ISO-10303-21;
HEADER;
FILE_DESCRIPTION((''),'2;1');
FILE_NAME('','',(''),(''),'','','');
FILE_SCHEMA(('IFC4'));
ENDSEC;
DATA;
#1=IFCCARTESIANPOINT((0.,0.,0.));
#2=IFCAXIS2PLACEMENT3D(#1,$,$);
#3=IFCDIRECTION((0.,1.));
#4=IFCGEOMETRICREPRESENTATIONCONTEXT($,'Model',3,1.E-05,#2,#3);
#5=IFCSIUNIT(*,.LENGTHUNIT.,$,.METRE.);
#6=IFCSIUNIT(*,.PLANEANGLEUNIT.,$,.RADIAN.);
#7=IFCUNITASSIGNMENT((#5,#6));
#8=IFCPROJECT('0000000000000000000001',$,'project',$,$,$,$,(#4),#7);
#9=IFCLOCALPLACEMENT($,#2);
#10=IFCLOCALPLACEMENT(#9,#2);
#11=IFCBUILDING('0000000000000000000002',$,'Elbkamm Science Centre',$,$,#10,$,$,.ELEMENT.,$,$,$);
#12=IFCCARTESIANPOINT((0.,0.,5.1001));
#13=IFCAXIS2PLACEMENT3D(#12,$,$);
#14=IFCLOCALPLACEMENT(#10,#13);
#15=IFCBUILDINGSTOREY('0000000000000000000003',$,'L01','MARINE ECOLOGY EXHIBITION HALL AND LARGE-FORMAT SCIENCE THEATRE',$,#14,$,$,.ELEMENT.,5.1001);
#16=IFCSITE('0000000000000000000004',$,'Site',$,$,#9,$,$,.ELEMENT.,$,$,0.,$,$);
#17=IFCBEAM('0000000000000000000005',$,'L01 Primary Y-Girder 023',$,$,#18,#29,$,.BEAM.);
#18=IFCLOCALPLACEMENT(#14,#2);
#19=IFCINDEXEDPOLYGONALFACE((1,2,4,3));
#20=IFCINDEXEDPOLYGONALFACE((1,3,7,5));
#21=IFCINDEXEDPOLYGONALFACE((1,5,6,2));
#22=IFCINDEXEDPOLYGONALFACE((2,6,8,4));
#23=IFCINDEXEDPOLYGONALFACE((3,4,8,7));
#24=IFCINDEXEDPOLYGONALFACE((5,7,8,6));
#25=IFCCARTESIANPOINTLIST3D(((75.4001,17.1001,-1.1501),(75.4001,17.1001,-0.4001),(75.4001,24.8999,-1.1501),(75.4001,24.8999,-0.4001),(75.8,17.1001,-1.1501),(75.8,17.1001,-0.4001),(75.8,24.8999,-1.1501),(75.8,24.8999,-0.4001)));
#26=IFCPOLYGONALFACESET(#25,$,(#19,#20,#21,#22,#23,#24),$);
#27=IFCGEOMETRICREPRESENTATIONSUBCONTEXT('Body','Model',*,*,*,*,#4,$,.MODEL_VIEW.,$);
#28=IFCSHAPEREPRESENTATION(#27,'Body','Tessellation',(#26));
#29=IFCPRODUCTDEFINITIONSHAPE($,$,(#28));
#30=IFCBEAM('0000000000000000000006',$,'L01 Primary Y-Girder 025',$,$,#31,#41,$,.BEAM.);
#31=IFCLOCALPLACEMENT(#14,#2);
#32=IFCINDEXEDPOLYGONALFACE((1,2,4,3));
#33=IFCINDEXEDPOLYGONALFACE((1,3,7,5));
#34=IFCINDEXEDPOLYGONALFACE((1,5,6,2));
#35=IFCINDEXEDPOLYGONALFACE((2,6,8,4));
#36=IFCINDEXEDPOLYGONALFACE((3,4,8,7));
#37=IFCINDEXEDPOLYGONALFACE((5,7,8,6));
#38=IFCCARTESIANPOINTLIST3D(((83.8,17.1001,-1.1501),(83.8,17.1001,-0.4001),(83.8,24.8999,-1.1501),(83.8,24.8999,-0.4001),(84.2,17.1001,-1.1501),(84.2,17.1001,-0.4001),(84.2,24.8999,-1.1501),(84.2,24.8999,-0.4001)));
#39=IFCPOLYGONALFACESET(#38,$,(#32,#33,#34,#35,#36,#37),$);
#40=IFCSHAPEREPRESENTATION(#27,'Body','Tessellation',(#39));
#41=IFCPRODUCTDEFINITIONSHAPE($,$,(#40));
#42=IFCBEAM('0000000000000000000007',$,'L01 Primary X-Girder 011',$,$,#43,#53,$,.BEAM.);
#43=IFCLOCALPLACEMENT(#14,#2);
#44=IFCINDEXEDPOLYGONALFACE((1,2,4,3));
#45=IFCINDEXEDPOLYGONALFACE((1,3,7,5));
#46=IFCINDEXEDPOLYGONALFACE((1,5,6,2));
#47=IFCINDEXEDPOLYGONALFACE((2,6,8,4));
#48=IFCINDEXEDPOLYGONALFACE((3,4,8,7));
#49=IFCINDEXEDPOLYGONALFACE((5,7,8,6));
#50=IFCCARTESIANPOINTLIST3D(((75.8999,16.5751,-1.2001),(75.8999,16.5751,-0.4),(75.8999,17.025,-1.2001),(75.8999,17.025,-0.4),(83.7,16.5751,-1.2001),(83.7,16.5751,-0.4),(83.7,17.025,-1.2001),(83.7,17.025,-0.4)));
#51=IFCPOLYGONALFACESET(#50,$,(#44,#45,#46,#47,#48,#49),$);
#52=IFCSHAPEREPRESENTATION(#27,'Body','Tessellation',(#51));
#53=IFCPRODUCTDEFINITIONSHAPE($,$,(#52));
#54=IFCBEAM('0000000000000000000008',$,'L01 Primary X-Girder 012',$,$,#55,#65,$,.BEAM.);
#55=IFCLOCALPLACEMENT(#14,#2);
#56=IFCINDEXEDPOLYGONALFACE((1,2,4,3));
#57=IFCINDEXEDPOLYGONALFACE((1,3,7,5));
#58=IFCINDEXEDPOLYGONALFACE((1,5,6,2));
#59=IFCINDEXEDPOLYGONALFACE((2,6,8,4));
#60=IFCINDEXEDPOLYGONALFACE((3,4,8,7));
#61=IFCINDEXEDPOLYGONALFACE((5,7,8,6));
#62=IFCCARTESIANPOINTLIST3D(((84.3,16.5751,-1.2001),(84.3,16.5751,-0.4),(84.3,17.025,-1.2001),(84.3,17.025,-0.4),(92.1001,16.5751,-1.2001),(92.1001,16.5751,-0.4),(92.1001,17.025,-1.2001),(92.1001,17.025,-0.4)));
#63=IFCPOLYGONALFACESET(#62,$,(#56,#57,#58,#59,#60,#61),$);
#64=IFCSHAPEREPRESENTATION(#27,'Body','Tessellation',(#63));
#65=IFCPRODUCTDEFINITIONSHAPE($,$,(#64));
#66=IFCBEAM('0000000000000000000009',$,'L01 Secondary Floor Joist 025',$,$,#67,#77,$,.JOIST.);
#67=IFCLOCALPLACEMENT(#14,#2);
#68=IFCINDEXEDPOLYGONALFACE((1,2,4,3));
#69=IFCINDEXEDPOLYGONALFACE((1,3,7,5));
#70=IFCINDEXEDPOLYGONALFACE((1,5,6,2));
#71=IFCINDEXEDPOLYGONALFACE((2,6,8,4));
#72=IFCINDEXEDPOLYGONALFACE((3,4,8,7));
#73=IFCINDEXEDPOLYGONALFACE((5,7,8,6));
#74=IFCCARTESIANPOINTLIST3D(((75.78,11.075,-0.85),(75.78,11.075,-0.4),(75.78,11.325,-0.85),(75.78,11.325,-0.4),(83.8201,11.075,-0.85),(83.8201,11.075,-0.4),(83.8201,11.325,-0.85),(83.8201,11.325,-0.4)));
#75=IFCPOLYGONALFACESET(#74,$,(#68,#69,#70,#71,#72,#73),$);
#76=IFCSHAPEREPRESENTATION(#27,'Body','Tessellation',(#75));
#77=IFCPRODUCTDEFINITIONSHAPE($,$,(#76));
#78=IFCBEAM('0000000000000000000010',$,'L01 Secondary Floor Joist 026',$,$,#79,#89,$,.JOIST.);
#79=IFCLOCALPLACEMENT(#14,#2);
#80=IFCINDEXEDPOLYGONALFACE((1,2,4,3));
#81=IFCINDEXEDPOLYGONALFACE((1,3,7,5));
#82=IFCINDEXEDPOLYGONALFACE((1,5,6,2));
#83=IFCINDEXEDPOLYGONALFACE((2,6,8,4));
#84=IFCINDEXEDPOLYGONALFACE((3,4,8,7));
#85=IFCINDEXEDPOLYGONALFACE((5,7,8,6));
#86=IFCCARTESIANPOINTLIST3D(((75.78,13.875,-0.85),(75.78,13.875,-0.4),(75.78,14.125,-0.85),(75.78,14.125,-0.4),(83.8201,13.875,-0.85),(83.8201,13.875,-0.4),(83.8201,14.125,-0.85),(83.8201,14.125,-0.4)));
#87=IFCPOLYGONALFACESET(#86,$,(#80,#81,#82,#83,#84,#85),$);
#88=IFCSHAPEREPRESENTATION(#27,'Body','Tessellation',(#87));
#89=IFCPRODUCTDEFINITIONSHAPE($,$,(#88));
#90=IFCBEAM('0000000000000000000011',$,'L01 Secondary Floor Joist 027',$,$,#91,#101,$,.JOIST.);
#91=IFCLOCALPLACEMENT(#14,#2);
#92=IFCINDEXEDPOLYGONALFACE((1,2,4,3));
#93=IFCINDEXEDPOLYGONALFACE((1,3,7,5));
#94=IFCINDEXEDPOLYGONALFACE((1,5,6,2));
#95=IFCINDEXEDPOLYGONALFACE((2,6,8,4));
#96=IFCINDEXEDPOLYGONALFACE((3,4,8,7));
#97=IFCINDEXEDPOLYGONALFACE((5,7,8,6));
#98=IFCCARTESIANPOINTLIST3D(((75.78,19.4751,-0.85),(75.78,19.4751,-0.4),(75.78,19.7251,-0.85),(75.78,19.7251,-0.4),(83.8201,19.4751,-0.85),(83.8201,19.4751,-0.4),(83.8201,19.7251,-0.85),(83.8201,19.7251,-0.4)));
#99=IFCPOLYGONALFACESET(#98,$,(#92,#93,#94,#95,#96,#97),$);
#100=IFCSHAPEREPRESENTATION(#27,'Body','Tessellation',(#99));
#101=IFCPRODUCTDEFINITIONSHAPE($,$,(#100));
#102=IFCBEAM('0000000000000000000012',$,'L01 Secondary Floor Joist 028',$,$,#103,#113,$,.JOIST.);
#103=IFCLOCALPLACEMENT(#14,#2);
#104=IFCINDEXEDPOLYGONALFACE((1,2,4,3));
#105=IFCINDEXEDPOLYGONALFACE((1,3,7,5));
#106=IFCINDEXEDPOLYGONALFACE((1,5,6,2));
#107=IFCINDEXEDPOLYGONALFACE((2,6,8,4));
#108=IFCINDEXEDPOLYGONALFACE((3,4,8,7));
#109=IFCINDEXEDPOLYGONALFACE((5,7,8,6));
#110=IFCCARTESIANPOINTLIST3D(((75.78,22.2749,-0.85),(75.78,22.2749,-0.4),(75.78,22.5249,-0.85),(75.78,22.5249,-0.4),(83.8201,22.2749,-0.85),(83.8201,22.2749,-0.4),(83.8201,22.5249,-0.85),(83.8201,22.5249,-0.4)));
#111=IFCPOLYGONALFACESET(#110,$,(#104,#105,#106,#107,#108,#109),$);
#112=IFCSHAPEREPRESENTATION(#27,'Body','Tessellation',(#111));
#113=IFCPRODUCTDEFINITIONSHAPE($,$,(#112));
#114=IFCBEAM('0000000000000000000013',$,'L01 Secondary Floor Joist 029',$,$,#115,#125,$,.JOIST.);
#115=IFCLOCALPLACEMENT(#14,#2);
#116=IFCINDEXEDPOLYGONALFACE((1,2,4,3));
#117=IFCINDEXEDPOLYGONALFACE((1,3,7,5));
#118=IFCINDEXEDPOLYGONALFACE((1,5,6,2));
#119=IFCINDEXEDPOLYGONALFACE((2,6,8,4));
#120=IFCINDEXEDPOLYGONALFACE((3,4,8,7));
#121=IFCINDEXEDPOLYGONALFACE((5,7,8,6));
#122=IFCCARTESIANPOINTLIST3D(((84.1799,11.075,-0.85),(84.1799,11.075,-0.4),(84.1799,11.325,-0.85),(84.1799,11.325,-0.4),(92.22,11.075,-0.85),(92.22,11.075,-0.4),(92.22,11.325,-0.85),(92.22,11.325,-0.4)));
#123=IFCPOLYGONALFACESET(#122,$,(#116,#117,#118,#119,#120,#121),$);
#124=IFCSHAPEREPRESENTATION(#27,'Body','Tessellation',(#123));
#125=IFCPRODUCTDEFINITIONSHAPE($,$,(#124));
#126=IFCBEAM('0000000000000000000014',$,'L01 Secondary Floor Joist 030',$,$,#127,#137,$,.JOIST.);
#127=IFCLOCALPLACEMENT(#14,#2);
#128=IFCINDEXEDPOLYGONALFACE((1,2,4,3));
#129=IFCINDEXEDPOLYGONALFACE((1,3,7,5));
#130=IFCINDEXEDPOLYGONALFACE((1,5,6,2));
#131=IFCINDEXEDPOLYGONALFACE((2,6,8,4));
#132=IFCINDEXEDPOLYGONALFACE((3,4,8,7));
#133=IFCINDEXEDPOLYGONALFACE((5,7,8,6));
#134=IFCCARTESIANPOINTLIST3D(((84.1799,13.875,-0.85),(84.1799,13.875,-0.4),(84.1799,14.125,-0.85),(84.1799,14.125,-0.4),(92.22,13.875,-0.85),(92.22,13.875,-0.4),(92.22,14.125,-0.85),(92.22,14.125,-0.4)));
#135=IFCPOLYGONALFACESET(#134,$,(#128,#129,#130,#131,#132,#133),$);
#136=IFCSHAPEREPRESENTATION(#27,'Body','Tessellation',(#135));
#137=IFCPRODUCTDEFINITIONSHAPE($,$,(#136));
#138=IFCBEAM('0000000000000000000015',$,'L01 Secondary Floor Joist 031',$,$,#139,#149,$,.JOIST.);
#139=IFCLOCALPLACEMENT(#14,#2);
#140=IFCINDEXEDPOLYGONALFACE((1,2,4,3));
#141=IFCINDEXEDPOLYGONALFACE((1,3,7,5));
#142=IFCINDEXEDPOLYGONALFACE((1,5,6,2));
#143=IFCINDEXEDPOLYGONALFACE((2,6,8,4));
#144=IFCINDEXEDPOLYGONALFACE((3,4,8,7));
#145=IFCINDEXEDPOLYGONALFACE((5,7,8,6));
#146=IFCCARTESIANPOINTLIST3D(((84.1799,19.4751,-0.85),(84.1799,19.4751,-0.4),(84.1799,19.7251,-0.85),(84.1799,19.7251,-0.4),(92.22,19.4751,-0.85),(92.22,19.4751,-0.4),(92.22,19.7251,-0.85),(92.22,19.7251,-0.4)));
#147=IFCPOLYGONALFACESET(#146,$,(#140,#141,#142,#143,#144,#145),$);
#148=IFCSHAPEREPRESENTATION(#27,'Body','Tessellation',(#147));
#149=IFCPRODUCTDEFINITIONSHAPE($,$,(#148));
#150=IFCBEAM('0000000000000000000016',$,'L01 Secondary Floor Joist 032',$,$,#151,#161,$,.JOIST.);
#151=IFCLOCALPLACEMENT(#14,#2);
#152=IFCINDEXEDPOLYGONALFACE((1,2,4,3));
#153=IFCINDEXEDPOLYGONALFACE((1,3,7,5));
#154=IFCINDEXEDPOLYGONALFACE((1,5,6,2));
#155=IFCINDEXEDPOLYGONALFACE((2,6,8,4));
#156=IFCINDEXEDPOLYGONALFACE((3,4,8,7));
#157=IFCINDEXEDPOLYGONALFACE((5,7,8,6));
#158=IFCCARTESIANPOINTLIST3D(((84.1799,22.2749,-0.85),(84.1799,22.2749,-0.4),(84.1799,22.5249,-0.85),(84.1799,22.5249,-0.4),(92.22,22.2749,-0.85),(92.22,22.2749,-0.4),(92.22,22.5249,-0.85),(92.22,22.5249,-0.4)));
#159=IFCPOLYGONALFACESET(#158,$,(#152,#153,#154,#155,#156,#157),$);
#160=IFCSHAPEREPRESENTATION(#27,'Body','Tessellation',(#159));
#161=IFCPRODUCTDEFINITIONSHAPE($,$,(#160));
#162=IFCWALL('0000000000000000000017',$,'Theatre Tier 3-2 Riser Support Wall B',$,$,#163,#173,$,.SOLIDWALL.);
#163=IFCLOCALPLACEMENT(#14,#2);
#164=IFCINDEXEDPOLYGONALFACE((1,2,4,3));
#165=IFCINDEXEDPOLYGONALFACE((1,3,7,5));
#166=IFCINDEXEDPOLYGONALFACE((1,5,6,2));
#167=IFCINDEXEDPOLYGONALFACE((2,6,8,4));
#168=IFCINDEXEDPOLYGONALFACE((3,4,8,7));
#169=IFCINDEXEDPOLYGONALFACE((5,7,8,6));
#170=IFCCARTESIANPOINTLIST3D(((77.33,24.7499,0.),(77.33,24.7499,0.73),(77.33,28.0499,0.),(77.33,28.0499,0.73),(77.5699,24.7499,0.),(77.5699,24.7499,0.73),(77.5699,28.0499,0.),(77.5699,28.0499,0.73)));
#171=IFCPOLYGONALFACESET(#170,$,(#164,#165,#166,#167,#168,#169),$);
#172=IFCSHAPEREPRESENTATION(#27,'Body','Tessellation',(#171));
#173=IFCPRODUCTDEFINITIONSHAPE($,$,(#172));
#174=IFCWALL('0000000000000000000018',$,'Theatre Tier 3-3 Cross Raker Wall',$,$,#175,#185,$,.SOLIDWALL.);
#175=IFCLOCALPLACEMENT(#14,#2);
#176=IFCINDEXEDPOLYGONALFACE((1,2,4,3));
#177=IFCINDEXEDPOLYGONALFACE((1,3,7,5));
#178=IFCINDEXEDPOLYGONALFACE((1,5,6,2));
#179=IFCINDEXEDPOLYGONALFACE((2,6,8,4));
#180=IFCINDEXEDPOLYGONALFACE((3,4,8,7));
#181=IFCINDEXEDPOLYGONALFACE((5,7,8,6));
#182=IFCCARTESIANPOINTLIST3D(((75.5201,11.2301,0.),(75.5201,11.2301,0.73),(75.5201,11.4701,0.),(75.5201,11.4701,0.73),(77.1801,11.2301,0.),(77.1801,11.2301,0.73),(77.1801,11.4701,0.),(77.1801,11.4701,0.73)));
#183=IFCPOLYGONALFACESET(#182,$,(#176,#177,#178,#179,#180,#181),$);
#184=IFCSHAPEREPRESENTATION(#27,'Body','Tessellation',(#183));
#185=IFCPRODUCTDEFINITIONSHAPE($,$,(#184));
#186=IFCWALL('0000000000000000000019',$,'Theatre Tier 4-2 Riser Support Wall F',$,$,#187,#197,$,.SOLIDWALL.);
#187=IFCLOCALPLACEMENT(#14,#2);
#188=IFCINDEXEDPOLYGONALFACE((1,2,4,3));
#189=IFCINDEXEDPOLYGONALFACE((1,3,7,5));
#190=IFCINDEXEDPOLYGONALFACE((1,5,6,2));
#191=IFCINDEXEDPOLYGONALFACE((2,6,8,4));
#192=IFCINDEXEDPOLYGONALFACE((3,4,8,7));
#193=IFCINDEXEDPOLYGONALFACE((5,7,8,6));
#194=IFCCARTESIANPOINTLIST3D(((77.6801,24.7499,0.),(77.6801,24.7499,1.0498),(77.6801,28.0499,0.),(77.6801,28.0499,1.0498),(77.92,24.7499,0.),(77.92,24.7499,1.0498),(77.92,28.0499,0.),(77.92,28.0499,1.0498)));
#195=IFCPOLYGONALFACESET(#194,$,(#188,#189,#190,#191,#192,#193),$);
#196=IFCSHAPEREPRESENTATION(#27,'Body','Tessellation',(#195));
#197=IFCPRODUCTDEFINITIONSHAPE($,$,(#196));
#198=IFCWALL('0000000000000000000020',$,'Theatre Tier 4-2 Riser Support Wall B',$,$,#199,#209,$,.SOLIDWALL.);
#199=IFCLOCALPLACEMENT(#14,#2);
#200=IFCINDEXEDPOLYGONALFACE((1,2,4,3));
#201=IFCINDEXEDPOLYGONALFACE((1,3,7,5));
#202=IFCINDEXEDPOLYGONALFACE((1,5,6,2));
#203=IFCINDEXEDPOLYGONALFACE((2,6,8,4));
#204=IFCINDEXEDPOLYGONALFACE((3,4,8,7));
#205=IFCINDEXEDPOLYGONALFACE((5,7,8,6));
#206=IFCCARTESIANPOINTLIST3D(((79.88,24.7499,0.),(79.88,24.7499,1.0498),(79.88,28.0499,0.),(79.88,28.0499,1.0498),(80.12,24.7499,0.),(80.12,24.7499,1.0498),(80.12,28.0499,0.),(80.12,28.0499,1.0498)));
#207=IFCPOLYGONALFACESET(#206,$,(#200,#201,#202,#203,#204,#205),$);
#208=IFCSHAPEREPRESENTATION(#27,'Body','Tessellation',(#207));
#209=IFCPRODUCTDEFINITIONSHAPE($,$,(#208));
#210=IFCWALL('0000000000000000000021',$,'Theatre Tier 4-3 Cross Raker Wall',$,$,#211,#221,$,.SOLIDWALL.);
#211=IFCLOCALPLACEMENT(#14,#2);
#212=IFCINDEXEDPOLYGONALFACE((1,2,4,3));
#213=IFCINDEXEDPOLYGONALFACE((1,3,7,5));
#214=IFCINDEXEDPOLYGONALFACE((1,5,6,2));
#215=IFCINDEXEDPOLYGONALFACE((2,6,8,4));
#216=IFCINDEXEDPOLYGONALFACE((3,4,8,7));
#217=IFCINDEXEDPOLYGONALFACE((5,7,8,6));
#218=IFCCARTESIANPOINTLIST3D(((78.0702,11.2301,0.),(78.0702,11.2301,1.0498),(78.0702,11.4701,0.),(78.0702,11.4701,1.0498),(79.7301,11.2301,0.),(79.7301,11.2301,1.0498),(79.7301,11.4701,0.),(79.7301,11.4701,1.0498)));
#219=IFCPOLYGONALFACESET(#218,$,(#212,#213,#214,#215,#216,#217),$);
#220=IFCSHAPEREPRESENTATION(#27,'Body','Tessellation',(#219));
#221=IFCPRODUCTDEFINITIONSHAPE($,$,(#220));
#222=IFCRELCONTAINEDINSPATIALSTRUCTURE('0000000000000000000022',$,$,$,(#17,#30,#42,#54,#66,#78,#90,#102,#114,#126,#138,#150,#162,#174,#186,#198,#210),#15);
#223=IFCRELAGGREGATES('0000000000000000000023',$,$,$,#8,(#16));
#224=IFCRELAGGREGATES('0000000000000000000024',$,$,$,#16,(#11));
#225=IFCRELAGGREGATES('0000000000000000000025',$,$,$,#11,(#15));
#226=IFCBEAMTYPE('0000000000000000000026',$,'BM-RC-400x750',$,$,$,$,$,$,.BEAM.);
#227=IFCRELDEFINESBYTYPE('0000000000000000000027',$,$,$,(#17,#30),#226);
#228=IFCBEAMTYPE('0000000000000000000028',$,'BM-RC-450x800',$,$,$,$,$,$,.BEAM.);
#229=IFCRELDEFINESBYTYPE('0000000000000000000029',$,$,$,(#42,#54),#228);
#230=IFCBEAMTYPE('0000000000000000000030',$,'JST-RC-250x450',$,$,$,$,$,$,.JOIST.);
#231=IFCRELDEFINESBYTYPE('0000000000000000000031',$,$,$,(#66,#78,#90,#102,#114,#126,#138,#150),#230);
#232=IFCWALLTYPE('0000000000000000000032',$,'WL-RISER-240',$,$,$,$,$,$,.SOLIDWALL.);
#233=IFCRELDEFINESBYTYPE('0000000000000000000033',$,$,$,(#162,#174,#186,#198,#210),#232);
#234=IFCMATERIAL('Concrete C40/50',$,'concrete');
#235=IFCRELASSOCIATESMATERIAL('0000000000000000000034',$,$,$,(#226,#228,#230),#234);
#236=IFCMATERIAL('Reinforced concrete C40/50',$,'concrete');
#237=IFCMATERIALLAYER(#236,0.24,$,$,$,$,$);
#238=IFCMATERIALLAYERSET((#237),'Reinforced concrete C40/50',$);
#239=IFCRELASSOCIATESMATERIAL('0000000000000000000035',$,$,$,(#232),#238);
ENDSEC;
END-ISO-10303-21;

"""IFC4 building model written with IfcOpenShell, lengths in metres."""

from ifc_helpers import new_model, si_unit, direction, frame, frame_2d, origin, origin_2d, place, context, subcontext, project, spatial, rectangle, extrude, material, layer, layer_set, material_profile, profile_set, type_object, element, save


model = new_model("IFC4")

# Units and contexts
model_context = context("Model", 3, precision=1e-05, world=origin(), true_north=direction((0.0, 1.0)))
body_context = subcontext(model_context, "Body", "Model", "MODEL_VIEW")
ifc_project = project(units=[si_unit("LENGTHUNIT", "METRE"), si_unit("PLANEANGLEUNIT", "RADIAN")], contexts=[model_context])

# Site, building, storey
site_placement = place(None, origin())
site = spatial("IfcSite", under=ifc_project, at=site_placement, Name="Site", CompositionType="ELEMENT", RefElevation=0.0)
building_placement = place(site_placement, origin())
building = spatial("IfcBuilding", under=site, at=building_placement, Name="Elbkamm Science Centre", CompositionType="ELEMENT")
storey_placement = place(building_placement, frame((0.0, 0.0, 5.1001)))
storey = spatial("IfcBuildingStorey", under=building, at=storey_placement, Name="L01", Description="MARINE ECOLOGY EXHIBITION HALL AND LARGE-FORMAT SCIENCE THEATRE", CompositionType="ELEMENT", Elevation=5.1001)

# Beams
ifc_material_1 = material(Name="Concrete C40/50", Category="concrete")
ifc_material_profile_1 = material_profile(ifc_material_1, rectangle(XDim=0.3999, YDim=0.75, at=origin_2d()), Name="RC 400x750")
ifc_profile_set_1 = profile_set([ifc_material_profile_1], Name="Concrete C40/50")
beam_type_1 = type_object("IfcBeamType", Name="BM-RC-400x750", PredefinedType="BEAM", material=ifc_profile_set_1)
for number, where, z_axis, x_axis, name in (
    (1, (75.6001, 17.1001, -0.7751), (0.0, 1.0, 0.0), (-1.0, 0.0, 0.0), "L01 Primary Y-Girder 023"),
    (2, (84.0, 17.1001, -0.7751), (0.0, 1.0, 0.0), (-1.0, 0.0, 0.0), "L01 Primary Y-Girder 025"),
):
    element("IfcBeam", number, at=place(storey_placement, frame(where, z_axis=z_axis, x_axis=x_axis)), inside=storey, type_object=beam_type_1, Name=name, PredefinedType="BEAM", context=body_context, shape_type="SweptSolid", body=[
        extrude(rectangle(XDim=0.3999, YDim=0.75, at=origin_2d()), origin(), (0.0, 0.0, 1.0), 7.7998),
    ])
ifc_material_profile_2 = material_profile(ifc_material_1, rectangle(XDim=0.45, YDim=0.8, at=origin_2d()), Name="RC 450x800")
ifc_profile_set_2 = profile_set([ifc_material_profile_2], Name="Concrete C40/50")
beam_type_2 = type_object("IfcBeamType", Name="BM-RC-450x800", PredefinedType="BEAM", material=ifc_profile_set_2)
for number, where, z_axis, x_axis, name in (
    (3, (75.8999, 16.8, -0.8), (1.0, 0.0, 0.0), (0.0, 1.0, 0.0), "L01 Primary X-Girder 011"),
    (4, (84.3, 16.8, -0.8), (1.0, 0.0, 0.0), (0.0, 1.0, 0.0), "L01 Primary X-Girder 012"),
):
    element("IfcBeam", number, at=place(storey_placement, frame(where, z_axis=z_axis, x_axis=x_axis)), inside=storey, type_object=beam_type_2, Name=name, PredefinedType="BEAM", context=body_context, shape_type="SweptSolid", body=[
        extrude(rectangle(XDim=0.45, YDim=0.8, at=origin_2d()), origin(), (0.0, 0.0, 1.0), 7.8),
    ])
ifc_material_profile_3 = material_profile(ifc_material_1, rectangle(XDim=0.25, YDim=0.45, at=origin_2d()), Name="RC 250x450")
ifc_profile_set_3 = profile_set([ifc_material_profile_3], Name="Concrete C40/50")
beam_type_3 = type_object("IfcBeamType", Name="JST-RC-250x450", PredefinedType="JOIST", material=ifc_profile_set_3)
for number, where, z_axis, x_axis, name in (
    (5, (75.78, 11.2, -0.625), (1.0, 0.0, 0.0), (0.0, 1.0, 0.0), "L01 Secondary Floor Joist 025"),
    (6, (75.78, 14.0, -0.625), (1.0, 0.0, 0.0), (0.0, 1.0, 0.0), "L01 Secondary Floor Joist 026"),
    (7, (75.78, 19.6001, -0.625), (1.0, 0.0, 0.0), (0.0, 1.0, 0.0), "L01 Secondary Floor Joist 027"),
    (8, (75.78, 22.3999, -0.625), (1.0, 0.0, 0.0), (0.0, 1.0, 0.0), "L01 Secondary Floor Joist 028"),
    (9, (84.1799, 11.2, -0.625), (1.0, 0.0, 0.0), (0.0, 1.0, 0.0), "L01 Secondary Floor Joist 029"),
    (10, (84.1799, 14.0, -0.625), (1.0, 0.0, 0.0), (0.0, 1.0, 0.0), "L01 Secondary Floor Joist 030"),
    (11, (84.1799, 19.6001, -0.625), (1.0, 0.0, 0.0), (0.0, 1.0, 0.0), "L01 Secondary Floor Joist 031"),
    (12, (84.1799, 22.3999, -0.625), (1.0, 0.0, 0.0), (0.0, 1.0, 0.0), "L01 Secondary Floor Joist 032"),
):
    element("IfcBeam", number, at=place(storey_placement, frame(where, z_axis=z_axis, x_axis=x_axis)), inside=storey, type_object=beam_type_3, Name=name, PredefinedType="JOIST", context=body_context, shape_type="SweptSolid", body=[
        extrude(rectangle(XDim=0.25, YDim=0.45, at=origin_2d()), origin(), (0.0, 0.0, 1.0), 8.04),
    ])

# Walls
ifc_material_2 = material(Name="Reinforced concrete C40/50", Category="concrete")
ifc_layer = layer(ifc_material_2, 0.24)
ifc_layer_set = layer_set([ifc_layer], Name="Reinforced concrete C40/50")
wall_type = type_object("IfcWallType", Name="WL-RISER-240", PredefinedType="SOLIDWALL", material=ifc_layer_set)
wall_1_placement = place(storey_placement, frame((77.45, 24.75, 0.0), z_axis=(0.0, 0.0, 1.0), x_axis=(0.0, 1.0, 0.0)))
element("IfcWall", 13, at=wall_1_placement, inside=storey, type_object=wall_type, Name="Theatre Tier 3-2 Riser Support Wall B", PredefinedType="SOLIDWALL", context=body_context, shape_type="SweptSolid", body=[
    extrude(rectangle(XDim=3.3, YDim=0.24, at=frame_2d((1.6499, 0.0))), origin(), (0.0, 0.0, 1.0), 0.73),
])
wall_2_placement = place(storey_placement, frame((75.52, 11.3501, 0.0), z_axis=(0.0, 0.0, 1.0), x_axis=(1.0, 0.0, 0.0)))
element("IfcWall", 14, at=wall_2_placement, inside=storey, type_object=wall_type, Name="Theatre Tier 3-3 Cross Raker Wall", PredefinedType="SOLIDWALL", context=body_context, shape_type="SweptSolid", body=[
    extrude(rectangle(XDim=1.6599, YDim=0.24, at=frame_2d((0.8301, 0.0))), origin(), (0.0, 0.0, 1.0), 0.73),
])
for number, where, z_axis, x_axis, name in (
    (15, (77.8, 24.75, 0.0), (0.0, 0.0, 1.0), (0.0, 1.0, 0.0), "Theatre Tier 4-2 Riser Support Wall F"),
    (16, (80.0, 24.75, 0.0), (0.0, 0.0, 1.0), (0.0, 1.0, 0.0), "Theatre Tier 4-2 Riser Support Wall B"),
):
    element("IfcWall", number, at=place(storey_placement, frame(where, z_axis=z_axis, x_axis=x_axis)), inside=storey, type_object=wall_type, Name=name, PredefinedType="SOLIDWALL", context=body_context, shape_type="SweptSolid", body=[
        extrude(rectangle(XDim=3.3, YDim=0.24, at=frame_2d((1.6499, 0.0))), origin(), (0.0, 0.0, 1.0), 1.0498),
    ])
wall_3_placement = place(storey_placement, frame((78.0701, 11.3501, 0.0), z_axis=(0.0, 0.0, 1.0), x_axis=(1.0, 0.0, 0.0)))
element("IfcWall", 17, at=wall_3_placement, inside=storey, type_object=wall_type, Name="Theatre Tier 4-3 Cross Raker Wall", PredefinedType="SOLIDWALL", context=body_context, shape_type="SweptSolid", body=[
    extrude(rectangle(XDim=1.6599, YDim=0.24, at=frame_2d((0.8301, 0.0))), origin(), (0.0, 0.0, 1.0), 1.0498),
])

save(model, "model.ifc")
